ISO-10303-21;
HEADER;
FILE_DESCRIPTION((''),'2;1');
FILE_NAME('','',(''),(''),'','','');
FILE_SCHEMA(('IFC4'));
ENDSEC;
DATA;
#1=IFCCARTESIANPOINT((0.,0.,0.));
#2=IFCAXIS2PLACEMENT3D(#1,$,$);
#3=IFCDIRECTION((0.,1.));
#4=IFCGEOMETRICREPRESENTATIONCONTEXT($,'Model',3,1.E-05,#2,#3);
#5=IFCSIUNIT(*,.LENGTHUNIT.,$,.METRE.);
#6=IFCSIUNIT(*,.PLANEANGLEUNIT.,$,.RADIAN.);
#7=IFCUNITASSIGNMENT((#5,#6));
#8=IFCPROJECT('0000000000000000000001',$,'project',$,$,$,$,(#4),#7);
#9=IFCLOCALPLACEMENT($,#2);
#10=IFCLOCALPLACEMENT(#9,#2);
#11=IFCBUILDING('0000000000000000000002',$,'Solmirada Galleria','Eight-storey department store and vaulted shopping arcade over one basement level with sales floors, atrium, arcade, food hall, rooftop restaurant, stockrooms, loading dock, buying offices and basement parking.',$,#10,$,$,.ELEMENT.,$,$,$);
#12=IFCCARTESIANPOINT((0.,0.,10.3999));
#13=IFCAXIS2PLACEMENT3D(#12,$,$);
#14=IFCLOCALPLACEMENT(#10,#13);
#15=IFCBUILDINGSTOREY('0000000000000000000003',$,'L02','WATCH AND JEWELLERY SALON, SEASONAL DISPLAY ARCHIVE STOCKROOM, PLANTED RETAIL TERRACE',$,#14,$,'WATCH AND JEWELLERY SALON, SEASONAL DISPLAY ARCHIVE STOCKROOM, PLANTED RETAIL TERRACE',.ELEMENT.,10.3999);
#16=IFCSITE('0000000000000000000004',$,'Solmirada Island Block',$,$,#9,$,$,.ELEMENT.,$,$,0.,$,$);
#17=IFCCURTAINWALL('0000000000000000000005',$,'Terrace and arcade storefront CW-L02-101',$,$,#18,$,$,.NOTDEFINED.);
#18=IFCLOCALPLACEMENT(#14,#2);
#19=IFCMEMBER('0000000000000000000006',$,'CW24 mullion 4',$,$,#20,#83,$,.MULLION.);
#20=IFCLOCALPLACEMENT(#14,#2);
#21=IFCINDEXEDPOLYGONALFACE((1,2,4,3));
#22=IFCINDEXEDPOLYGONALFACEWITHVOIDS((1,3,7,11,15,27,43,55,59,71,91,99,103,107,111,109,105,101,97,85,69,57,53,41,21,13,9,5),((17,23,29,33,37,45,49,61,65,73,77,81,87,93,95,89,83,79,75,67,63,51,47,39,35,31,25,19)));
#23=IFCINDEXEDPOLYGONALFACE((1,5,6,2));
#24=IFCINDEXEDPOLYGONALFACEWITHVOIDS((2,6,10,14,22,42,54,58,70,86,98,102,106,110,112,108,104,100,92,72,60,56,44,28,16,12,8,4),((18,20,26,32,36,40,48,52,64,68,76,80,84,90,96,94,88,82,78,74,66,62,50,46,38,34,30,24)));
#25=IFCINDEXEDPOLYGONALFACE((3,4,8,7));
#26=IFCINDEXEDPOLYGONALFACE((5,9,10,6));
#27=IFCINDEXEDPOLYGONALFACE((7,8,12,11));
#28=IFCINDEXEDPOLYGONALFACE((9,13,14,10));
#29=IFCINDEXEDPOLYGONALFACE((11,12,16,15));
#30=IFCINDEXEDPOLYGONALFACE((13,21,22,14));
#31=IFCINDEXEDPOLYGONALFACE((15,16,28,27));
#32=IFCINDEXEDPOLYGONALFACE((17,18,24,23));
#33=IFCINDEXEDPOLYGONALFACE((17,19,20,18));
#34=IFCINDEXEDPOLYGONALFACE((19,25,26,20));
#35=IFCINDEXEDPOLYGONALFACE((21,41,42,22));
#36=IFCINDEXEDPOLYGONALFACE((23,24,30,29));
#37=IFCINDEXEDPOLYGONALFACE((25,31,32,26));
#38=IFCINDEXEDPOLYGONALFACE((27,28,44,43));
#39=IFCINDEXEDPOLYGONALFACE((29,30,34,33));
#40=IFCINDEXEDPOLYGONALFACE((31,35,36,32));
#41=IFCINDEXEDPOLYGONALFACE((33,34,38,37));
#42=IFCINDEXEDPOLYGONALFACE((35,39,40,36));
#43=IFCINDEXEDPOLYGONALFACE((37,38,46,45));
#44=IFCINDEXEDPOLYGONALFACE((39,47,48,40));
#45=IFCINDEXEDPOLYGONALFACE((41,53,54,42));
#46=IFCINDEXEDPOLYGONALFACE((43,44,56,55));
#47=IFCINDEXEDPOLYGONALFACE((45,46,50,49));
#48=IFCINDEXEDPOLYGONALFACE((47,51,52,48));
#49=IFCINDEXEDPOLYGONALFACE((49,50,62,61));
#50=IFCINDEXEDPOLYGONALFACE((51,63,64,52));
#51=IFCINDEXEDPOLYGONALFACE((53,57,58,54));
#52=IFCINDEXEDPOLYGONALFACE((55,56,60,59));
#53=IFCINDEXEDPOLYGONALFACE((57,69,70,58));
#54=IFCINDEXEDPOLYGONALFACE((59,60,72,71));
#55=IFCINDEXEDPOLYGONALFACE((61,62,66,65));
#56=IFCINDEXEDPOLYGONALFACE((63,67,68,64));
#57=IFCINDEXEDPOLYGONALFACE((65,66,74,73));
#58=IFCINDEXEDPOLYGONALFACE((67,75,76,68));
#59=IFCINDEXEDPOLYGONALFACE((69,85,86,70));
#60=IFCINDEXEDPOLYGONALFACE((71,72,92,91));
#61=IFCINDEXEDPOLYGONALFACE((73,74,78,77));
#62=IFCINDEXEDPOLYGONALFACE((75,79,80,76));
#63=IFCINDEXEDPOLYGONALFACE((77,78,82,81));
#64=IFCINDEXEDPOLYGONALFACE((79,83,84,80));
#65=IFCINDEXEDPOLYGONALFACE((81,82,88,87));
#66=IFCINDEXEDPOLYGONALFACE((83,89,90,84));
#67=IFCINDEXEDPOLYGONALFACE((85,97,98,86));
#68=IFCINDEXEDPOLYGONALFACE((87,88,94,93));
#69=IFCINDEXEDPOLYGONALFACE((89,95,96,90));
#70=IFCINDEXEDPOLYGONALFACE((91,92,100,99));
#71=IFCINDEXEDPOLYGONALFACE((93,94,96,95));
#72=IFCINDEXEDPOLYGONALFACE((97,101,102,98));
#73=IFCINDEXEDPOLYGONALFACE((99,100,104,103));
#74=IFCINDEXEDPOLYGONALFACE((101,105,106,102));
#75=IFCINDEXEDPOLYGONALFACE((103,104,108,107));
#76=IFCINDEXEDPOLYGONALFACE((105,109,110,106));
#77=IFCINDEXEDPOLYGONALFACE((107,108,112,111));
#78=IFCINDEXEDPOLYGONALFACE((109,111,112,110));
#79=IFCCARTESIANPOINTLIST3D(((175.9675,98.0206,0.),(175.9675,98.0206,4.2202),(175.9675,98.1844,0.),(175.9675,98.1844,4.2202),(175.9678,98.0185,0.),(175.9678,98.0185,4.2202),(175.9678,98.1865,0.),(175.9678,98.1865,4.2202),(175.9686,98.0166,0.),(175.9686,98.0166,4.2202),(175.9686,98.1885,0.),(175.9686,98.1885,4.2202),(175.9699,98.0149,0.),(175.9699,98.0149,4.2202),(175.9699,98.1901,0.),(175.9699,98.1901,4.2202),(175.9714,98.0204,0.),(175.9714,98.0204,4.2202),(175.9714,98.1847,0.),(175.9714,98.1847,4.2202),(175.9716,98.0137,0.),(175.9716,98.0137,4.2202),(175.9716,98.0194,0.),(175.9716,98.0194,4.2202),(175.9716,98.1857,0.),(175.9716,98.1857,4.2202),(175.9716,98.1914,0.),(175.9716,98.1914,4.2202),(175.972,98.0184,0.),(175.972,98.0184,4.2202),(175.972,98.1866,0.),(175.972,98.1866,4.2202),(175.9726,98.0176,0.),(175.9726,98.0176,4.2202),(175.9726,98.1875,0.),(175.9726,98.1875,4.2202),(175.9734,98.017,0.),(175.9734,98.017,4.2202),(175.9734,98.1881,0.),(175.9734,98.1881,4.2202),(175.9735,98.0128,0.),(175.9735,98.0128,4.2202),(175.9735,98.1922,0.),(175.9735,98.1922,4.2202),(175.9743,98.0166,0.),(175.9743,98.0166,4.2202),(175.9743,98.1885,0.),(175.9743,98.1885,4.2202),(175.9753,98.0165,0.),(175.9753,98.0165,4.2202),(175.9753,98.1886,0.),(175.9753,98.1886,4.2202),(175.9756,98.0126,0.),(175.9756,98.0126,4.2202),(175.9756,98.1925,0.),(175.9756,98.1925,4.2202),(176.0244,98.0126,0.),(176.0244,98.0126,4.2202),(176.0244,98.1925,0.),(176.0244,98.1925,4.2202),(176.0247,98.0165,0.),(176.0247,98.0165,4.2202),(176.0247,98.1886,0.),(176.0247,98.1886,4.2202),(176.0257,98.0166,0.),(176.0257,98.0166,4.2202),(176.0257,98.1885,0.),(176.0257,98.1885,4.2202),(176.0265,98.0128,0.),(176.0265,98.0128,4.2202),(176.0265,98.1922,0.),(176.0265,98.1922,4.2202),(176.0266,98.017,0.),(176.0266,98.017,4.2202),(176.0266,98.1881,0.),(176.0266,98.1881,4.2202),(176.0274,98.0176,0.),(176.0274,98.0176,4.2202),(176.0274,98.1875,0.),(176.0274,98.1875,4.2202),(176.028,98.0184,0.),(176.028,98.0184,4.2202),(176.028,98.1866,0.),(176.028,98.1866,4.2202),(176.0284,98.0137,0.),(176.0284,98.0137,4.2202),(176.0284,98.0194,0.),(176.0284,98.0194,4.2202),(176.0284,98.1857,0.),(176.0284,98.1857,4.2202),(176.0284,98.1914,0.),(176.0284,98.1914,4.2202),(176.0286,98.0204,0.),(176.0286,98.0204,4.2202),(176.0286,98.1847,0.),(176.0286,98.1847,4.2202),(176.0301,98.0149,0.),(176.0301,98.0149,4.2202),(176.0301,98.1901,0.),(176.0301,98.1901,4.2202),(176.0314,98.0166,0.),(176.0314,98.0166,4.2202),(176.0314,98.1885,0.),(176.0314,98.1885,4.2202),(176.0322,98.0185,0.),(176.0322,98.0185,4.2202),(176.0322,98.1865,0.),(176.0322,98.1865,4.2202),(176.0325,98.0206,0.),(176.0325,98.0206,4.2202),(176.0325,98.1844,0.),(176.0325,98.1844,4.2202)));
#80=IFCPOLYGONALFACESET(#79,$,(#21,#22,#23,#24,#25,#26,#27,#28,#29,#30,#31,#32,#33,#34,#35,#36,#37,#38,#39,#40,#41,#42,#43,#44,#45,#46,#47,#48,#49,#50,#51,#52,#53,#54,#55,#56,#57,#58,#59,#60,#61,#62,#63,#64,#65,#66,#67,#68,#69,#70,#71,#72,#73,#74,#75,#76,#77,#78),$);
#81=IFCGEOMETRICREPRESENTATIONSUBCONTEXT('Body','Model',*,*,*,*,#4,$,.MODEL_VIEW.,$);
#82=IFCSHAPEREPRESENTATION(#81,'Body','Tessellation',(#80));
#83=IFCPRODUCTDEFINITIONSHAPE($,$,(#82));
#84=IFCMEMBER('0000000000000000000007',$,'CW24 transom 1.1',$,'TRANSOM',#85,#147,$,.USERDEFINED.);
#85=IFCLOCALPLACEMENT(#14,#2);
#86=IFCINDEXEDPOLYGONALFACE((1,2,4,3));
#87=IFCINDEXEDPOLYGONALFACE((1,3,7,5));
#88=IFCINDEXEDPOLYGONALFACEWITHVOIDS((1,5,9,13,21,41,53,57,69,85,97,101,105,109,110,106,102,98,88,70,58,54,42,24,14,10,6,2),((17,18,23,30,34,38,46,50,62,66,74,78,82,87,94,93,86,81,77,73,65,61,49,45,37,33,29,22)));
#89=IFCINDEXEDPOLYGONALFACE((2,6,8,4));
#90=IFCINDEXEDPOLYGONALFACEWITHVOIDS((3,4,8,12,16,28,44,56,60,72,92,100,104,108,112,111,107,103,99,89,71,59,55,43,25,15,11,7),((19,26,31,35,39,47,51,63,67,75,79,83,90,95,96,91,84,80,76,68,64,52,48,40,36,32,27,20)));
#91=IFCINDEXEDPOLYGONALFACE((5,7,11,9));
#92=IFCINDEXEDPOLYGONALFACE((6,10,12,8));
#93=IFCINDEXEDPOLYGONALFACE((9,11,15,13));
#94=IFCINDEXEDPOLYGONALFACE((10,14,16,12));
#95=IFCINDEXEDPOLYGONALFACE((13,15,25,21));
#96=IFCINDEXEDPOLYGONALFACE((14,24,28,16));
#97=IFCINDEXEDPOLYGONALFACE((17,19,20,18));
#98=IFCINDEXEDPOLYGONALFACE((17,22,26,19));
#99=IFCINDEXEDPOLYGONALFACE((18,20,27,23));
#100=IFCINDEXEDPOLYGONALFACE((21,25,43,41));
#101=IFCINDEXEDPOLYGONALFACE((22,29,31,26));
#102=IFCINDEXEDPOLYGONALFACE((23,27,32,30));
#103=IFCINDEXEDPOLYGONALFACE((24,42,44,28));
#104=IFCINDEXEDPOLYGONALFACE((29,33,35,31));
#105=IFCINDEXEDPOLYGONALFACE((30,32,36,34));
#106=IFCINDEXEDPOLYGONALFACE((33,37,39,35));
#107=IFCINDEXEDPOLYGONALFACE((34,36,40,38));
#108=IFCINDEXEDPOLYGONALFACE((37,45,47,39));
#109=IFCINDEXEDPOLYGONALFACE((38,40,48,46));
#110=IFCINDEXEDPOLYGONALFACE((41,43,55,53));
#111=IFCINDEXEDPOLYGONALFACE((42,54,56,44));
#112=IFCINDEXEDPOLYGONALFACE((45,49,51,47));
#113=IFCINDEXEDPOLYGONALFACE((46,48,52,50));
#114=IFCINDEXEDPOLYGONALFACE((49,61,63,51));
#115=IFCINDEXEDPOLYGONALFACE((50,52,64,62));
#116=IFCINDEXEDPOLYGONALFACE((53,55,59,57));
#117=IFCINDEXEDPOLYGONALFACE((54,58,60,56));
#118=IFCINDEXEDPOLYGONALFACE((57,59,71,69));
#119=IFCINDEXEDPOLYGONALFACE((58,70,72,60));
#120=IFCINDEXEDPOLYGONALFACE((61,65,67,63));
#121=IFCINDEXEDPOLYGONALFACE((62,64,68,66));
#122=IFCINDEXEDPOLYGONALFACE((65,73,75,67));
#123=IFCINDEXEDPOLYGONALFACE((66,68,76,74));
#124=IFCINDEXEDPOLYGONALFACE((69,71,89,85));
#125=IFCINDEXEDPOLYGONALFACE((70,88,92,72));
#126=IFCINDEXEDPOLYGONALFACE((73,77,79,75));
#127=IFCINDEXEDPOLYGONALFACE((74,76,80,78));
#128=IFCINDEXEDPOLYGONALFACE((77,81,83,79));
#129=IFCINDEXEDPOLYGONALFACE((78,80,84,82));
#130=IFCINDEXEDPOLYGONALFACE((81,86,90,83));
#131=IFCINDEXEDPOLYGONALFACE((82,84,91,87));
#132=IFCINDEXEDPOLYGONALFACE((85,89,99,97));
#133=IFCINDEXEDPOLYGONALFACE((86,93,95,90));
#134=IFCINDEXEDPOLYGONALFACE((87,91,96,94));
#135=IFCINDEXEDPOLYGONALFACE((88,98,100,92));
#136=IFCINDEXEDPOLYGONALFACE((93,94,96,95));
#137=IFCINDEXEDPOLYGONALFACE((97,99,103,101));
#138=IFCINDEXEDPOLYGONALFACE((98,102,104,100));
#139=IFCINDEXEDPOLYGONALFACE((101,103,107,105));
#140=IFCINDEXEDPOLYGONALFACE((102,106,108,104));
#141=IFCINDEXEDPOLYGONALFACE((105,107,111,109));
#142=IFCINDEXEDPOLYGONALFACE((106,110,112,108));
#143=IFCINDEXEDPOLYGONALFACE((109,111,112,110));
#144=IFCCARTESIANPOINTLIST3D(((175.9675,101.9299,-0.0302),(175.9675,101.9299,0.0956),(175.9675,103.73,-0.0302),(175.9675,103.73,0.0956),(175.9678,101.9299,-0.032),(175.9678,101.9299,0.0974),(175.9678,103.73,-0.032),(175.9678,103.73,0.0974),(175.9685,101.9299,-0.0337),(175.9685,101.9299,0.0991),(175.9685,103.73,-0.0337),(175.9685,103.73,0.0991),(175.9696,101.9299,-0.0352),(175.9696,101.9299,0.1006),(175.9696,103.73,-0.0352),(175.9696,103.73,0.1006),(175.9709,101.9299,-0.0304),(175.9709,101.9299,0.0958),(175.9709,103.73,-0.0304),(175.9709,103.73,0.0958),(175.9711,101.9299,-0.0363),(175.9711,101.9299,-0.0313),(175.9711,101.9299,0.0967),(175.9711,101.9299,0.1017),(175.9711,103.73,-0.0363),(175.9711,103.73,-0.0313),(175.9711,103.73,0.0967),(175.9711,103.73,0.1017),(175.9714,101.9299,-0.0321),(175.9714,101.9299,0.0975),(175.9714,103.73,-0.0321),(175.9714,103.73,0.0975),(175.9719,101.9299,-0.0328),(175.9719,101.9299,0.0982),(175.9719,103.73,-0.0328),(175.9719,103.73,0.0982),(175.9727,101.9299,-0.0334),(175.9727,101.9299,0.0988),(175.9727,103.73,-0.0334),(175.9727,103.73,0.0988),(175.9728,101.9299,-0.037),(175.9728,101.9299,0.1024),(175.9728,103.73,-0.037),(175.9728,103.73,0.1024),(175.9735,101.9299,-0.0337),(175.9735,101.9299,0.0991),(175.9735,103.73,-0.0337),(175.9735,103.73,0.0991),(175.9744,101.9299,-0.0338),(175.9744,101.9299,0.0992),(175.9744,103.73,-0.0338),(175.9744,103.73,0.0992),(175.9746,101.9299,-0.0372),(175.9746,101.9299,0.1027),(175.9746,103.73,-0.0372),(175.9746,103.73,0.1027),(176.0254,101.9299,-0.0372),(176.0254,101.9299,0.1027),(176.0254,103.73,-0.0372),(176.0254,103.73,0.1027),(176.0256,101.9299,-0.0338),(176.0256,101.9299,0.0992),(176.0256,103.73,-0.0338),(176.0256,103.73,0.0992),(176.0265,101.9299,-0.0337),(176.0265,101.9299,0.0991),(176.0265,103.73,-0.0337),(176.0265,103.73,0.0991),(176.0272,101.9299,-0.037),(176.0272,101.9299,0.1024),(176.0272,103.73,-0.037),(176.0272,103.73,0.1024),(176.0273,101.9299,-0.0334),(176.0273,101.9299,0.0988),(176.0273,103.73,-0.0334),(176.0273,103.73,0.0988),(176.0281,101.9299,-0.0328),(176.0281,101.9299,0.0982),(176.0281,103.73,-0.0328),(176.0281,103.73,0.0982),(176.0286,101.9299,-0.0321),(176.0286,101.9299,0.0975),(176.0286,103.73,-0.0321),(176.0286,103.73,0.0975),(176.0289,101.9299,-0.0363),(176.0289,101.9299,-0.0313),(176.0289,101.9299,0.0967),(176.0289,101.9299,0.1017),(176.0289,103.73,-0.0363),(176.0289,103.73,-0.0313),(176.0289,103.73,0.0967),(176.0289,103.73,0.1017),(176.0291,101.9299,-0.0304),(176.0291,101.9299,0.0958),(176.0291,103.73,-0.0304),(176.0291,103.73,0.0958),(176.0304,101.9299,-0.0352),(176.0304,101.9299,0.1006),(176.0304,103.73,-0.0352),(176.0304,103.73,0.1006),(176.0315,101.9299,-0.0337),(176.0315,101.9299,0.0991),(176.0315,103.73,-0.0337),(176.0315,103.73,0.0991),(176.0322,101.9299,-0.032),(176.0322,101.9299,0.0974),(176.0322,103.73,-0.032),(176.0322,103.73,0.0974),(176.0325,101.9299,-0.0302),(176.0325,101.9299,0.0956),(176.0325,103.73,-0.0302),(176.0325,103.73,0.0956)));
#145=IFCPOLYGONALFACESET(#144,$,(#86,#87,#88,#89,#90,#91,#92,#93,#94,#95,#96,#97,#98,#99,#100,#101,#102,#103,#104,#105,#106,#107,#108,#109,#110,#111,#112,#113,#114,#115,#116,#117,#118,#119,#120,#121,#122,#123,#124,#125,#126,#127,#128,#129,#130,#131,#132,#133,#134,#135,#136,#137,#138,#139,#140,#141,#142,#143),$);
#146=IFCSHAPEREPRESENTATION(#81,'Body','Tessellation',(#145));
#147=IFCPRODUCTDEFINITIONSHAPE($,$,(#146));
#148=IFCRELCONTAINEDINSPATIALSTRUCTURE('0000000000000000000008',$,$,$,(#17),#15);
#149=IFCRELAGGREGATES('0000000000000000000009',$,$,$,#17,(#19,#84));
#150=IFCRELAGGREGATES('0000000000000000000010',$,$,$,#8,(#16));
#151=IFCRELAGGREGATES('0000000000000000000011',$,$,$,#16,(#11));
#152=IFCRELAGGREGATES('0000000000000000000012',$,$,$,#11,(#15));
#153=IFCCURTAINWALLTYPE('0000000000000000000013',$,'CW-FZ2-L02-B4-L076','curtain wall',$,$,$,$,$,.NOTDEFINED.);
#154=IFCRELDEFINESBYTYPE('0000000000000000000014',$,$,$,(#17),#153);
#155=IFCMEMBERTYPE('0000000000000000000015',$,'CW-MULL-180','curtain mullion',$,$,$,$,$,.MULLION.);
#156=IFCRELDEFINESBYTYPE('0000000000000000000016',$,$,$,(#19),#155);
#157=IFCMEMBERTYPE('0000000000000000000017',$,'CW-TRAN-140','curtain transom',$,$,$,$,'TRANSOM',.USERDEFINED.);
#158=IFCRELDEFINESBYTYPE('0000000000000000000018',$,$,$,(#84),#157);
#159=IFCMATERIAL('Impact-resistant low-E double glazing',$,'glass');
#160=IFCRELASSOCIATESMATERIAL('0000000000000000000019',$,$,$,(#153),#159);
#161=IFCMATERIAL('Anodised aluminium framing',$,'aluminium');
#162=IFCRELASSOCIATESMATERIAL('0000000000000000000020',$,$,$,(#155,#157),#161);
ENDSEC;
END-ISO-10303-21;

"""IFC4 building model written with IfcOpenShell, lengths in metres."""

from ifc_helpers import new_model, si_unit, direction, frame, origin, origin_2d, place, context, subcontext, project, spatial, hollow_rectangle, extrude, material, material_profile, profile_set, type_object, element, aggregate, save


model = new_model("IFC4")

# Units and contexts
model_context = context("Model", 3, precision=1e-05, world=origin(), true_north=direction((0.0, 1.0)))
body_context = subcontext(model_context, "Body", "Model", "MODEL_VIEW")
ifc_project = project(units=[si_unit("LENGTHUNIT", "METRE"), si_unit("PLANEANGLEUNIT", "RADIAN")], contexts=[model_context])

# Site, building, storey
site_placement = place(None, origin())
site = spatial("IfcSite", under=ifc_project, at=site_placement, Name="Solmirada Island Block", CompositionType="ELEMENT", RefElevation=0.0)
building_placement = place(site_placement, origin())
building = spatial("IfcBuilding", under=site, at=building_placement, Name="Solmirada Galleria", Description="Eight-storey department store and vaulted shopping arcade over one basement level with sales floors, atrium, arcade, food hall, rooftop restaurant, stockrooms, loading dock, buying offices and basement parking.", CompositionType="ELEMENT")
storey_placement = place(building_placement, frame((0.0, 0.0, 10.3999)))
storey = spatial("IfcBuildingStorey", under=building, at=storey_placement, Name="L02", Description="WATCH AND JEWELLERY SALON, SEASONAL DISPLAY ARCHIVE STOCKROOM, PLANTED RETAIL TERRACE", LongName="WATCH AND JEWELLERY SALON, SEASONAL DISPLAY ARCHIVE STOCKROOM, PLANTED RETAIL TERRACE", CompositionType="ELEMENT", Elevation=10.3999)

# Curtain wall, members
ifc_material_1 = material(Name="Impact-resistant low-E double glazing", Category="glass")
curtain_wall_type = type_object("IfcCurtainWallType", Name="CW-FZ2-L02-B4-L076", Description="curtain wall", PredefinedType="NOTDEFINED", material=ifc_material_1)
curtain_wall_placement = place(storey_placement, origin())
curtain_wall = element("IfcCurtainWall", 1, at=curtain_wall_placement, inside=storey, type_object=curtain_wall_type, Name="Terrace and arcade storefront CW-L02-101", PredefinedType="NOTDEFINED")
ifc_material_2 = material(Name="Anodised aluminium framing", Category="aluminium")
ifc_material_profile_1 = material_profile(ifc_material_2, hollow_rectangle(XDim=0.0649, YDim=0.1799, WallThickness=0.0039, InnerFilletRadius=0.0039, OuterFilletRadius=0.0081, at=origin_2d()), Name="ALU-MULL-180X65")
ifc_profile_set_1 = profile_set([ifc_material_profile_1], Name="Anodised aluminium framing")
member_type_1 = type_object("IfcMemberType", Name="CW-MULL-180", Description="curtain mullion", PredefinedType="MULLION", material=ifc_profile_set_1)
member_1_placement = place(storey_placement, frame((176.0, 98.1025, 0.0), z_axis=(0.0, 0.0, 1.0), x_axis=(1.0, 0.0, 0.0)))
member_1 = element("IfcMember", 2, at=member_1_placement, type_object=member_type_1, Name="CW24 mullion 4", PredefinedType="MULLION", context=body_context, shape_type="SweptSolid", body=[
    extrude(hollow_rectangle(XDim=0.0649, YDim=0.1799, WallThickness=0.0039, InnerFilletRadius=0.0039, OuterFilletRadius=0.0081, at=origin_2d()), origin(), (0.0, 0.0, 1.0), 4.2202),
])
ifc_material_profile_2 = material_profile(ifc_material_2, hollow_rectangle(XDim=0.0649, YDim=0.1399, WallThickness=0.0034, InnerFilletRadius=0.0034, OuterFilletRadius=0.0071, at=origin_2d()), Name="ALU-TRAN-140X65")
ifc_profile_set_2 = profile_set([ifc_material_profile_2], Name="Anodised aluminium framing")
member_type_2 = type_object("IfcMemberType", Name="CW-TRAN-140", Description="curtain transom", ElementType="TRANSOM", PredefinedType="USERDEFINED", material=ifc_profile_set_2)
member_2_placement = place(storey_placement, frame((176.0, 103.73, 0.0327), z_axis=(0.0, -1.0, 0.0), x_axis=(1.0, 0.0, 0.0)))
member_2 = element("IfcMember", 3, at=member_2_placement, type_object=member_type_2, Name="CW24 transom 1.1", ObjectType="TRANSOM", PredefinedType="USERDEFINED", context=body_context, shape_type="SweptSolid", body=[
    extrude(hollow_rectangle(XDim=0.0649, YDim=0.1399, WallThickness=0.0034, InnerFilletRadius=0.0034, OuterFilletRadius=0.0071, at=origin_2d()), origin(), (0.0, 0.0, 1.0), 1.8),
])
aggregate(curtain_wall, [member_1, member_2])

save(model, "model.ifc")
